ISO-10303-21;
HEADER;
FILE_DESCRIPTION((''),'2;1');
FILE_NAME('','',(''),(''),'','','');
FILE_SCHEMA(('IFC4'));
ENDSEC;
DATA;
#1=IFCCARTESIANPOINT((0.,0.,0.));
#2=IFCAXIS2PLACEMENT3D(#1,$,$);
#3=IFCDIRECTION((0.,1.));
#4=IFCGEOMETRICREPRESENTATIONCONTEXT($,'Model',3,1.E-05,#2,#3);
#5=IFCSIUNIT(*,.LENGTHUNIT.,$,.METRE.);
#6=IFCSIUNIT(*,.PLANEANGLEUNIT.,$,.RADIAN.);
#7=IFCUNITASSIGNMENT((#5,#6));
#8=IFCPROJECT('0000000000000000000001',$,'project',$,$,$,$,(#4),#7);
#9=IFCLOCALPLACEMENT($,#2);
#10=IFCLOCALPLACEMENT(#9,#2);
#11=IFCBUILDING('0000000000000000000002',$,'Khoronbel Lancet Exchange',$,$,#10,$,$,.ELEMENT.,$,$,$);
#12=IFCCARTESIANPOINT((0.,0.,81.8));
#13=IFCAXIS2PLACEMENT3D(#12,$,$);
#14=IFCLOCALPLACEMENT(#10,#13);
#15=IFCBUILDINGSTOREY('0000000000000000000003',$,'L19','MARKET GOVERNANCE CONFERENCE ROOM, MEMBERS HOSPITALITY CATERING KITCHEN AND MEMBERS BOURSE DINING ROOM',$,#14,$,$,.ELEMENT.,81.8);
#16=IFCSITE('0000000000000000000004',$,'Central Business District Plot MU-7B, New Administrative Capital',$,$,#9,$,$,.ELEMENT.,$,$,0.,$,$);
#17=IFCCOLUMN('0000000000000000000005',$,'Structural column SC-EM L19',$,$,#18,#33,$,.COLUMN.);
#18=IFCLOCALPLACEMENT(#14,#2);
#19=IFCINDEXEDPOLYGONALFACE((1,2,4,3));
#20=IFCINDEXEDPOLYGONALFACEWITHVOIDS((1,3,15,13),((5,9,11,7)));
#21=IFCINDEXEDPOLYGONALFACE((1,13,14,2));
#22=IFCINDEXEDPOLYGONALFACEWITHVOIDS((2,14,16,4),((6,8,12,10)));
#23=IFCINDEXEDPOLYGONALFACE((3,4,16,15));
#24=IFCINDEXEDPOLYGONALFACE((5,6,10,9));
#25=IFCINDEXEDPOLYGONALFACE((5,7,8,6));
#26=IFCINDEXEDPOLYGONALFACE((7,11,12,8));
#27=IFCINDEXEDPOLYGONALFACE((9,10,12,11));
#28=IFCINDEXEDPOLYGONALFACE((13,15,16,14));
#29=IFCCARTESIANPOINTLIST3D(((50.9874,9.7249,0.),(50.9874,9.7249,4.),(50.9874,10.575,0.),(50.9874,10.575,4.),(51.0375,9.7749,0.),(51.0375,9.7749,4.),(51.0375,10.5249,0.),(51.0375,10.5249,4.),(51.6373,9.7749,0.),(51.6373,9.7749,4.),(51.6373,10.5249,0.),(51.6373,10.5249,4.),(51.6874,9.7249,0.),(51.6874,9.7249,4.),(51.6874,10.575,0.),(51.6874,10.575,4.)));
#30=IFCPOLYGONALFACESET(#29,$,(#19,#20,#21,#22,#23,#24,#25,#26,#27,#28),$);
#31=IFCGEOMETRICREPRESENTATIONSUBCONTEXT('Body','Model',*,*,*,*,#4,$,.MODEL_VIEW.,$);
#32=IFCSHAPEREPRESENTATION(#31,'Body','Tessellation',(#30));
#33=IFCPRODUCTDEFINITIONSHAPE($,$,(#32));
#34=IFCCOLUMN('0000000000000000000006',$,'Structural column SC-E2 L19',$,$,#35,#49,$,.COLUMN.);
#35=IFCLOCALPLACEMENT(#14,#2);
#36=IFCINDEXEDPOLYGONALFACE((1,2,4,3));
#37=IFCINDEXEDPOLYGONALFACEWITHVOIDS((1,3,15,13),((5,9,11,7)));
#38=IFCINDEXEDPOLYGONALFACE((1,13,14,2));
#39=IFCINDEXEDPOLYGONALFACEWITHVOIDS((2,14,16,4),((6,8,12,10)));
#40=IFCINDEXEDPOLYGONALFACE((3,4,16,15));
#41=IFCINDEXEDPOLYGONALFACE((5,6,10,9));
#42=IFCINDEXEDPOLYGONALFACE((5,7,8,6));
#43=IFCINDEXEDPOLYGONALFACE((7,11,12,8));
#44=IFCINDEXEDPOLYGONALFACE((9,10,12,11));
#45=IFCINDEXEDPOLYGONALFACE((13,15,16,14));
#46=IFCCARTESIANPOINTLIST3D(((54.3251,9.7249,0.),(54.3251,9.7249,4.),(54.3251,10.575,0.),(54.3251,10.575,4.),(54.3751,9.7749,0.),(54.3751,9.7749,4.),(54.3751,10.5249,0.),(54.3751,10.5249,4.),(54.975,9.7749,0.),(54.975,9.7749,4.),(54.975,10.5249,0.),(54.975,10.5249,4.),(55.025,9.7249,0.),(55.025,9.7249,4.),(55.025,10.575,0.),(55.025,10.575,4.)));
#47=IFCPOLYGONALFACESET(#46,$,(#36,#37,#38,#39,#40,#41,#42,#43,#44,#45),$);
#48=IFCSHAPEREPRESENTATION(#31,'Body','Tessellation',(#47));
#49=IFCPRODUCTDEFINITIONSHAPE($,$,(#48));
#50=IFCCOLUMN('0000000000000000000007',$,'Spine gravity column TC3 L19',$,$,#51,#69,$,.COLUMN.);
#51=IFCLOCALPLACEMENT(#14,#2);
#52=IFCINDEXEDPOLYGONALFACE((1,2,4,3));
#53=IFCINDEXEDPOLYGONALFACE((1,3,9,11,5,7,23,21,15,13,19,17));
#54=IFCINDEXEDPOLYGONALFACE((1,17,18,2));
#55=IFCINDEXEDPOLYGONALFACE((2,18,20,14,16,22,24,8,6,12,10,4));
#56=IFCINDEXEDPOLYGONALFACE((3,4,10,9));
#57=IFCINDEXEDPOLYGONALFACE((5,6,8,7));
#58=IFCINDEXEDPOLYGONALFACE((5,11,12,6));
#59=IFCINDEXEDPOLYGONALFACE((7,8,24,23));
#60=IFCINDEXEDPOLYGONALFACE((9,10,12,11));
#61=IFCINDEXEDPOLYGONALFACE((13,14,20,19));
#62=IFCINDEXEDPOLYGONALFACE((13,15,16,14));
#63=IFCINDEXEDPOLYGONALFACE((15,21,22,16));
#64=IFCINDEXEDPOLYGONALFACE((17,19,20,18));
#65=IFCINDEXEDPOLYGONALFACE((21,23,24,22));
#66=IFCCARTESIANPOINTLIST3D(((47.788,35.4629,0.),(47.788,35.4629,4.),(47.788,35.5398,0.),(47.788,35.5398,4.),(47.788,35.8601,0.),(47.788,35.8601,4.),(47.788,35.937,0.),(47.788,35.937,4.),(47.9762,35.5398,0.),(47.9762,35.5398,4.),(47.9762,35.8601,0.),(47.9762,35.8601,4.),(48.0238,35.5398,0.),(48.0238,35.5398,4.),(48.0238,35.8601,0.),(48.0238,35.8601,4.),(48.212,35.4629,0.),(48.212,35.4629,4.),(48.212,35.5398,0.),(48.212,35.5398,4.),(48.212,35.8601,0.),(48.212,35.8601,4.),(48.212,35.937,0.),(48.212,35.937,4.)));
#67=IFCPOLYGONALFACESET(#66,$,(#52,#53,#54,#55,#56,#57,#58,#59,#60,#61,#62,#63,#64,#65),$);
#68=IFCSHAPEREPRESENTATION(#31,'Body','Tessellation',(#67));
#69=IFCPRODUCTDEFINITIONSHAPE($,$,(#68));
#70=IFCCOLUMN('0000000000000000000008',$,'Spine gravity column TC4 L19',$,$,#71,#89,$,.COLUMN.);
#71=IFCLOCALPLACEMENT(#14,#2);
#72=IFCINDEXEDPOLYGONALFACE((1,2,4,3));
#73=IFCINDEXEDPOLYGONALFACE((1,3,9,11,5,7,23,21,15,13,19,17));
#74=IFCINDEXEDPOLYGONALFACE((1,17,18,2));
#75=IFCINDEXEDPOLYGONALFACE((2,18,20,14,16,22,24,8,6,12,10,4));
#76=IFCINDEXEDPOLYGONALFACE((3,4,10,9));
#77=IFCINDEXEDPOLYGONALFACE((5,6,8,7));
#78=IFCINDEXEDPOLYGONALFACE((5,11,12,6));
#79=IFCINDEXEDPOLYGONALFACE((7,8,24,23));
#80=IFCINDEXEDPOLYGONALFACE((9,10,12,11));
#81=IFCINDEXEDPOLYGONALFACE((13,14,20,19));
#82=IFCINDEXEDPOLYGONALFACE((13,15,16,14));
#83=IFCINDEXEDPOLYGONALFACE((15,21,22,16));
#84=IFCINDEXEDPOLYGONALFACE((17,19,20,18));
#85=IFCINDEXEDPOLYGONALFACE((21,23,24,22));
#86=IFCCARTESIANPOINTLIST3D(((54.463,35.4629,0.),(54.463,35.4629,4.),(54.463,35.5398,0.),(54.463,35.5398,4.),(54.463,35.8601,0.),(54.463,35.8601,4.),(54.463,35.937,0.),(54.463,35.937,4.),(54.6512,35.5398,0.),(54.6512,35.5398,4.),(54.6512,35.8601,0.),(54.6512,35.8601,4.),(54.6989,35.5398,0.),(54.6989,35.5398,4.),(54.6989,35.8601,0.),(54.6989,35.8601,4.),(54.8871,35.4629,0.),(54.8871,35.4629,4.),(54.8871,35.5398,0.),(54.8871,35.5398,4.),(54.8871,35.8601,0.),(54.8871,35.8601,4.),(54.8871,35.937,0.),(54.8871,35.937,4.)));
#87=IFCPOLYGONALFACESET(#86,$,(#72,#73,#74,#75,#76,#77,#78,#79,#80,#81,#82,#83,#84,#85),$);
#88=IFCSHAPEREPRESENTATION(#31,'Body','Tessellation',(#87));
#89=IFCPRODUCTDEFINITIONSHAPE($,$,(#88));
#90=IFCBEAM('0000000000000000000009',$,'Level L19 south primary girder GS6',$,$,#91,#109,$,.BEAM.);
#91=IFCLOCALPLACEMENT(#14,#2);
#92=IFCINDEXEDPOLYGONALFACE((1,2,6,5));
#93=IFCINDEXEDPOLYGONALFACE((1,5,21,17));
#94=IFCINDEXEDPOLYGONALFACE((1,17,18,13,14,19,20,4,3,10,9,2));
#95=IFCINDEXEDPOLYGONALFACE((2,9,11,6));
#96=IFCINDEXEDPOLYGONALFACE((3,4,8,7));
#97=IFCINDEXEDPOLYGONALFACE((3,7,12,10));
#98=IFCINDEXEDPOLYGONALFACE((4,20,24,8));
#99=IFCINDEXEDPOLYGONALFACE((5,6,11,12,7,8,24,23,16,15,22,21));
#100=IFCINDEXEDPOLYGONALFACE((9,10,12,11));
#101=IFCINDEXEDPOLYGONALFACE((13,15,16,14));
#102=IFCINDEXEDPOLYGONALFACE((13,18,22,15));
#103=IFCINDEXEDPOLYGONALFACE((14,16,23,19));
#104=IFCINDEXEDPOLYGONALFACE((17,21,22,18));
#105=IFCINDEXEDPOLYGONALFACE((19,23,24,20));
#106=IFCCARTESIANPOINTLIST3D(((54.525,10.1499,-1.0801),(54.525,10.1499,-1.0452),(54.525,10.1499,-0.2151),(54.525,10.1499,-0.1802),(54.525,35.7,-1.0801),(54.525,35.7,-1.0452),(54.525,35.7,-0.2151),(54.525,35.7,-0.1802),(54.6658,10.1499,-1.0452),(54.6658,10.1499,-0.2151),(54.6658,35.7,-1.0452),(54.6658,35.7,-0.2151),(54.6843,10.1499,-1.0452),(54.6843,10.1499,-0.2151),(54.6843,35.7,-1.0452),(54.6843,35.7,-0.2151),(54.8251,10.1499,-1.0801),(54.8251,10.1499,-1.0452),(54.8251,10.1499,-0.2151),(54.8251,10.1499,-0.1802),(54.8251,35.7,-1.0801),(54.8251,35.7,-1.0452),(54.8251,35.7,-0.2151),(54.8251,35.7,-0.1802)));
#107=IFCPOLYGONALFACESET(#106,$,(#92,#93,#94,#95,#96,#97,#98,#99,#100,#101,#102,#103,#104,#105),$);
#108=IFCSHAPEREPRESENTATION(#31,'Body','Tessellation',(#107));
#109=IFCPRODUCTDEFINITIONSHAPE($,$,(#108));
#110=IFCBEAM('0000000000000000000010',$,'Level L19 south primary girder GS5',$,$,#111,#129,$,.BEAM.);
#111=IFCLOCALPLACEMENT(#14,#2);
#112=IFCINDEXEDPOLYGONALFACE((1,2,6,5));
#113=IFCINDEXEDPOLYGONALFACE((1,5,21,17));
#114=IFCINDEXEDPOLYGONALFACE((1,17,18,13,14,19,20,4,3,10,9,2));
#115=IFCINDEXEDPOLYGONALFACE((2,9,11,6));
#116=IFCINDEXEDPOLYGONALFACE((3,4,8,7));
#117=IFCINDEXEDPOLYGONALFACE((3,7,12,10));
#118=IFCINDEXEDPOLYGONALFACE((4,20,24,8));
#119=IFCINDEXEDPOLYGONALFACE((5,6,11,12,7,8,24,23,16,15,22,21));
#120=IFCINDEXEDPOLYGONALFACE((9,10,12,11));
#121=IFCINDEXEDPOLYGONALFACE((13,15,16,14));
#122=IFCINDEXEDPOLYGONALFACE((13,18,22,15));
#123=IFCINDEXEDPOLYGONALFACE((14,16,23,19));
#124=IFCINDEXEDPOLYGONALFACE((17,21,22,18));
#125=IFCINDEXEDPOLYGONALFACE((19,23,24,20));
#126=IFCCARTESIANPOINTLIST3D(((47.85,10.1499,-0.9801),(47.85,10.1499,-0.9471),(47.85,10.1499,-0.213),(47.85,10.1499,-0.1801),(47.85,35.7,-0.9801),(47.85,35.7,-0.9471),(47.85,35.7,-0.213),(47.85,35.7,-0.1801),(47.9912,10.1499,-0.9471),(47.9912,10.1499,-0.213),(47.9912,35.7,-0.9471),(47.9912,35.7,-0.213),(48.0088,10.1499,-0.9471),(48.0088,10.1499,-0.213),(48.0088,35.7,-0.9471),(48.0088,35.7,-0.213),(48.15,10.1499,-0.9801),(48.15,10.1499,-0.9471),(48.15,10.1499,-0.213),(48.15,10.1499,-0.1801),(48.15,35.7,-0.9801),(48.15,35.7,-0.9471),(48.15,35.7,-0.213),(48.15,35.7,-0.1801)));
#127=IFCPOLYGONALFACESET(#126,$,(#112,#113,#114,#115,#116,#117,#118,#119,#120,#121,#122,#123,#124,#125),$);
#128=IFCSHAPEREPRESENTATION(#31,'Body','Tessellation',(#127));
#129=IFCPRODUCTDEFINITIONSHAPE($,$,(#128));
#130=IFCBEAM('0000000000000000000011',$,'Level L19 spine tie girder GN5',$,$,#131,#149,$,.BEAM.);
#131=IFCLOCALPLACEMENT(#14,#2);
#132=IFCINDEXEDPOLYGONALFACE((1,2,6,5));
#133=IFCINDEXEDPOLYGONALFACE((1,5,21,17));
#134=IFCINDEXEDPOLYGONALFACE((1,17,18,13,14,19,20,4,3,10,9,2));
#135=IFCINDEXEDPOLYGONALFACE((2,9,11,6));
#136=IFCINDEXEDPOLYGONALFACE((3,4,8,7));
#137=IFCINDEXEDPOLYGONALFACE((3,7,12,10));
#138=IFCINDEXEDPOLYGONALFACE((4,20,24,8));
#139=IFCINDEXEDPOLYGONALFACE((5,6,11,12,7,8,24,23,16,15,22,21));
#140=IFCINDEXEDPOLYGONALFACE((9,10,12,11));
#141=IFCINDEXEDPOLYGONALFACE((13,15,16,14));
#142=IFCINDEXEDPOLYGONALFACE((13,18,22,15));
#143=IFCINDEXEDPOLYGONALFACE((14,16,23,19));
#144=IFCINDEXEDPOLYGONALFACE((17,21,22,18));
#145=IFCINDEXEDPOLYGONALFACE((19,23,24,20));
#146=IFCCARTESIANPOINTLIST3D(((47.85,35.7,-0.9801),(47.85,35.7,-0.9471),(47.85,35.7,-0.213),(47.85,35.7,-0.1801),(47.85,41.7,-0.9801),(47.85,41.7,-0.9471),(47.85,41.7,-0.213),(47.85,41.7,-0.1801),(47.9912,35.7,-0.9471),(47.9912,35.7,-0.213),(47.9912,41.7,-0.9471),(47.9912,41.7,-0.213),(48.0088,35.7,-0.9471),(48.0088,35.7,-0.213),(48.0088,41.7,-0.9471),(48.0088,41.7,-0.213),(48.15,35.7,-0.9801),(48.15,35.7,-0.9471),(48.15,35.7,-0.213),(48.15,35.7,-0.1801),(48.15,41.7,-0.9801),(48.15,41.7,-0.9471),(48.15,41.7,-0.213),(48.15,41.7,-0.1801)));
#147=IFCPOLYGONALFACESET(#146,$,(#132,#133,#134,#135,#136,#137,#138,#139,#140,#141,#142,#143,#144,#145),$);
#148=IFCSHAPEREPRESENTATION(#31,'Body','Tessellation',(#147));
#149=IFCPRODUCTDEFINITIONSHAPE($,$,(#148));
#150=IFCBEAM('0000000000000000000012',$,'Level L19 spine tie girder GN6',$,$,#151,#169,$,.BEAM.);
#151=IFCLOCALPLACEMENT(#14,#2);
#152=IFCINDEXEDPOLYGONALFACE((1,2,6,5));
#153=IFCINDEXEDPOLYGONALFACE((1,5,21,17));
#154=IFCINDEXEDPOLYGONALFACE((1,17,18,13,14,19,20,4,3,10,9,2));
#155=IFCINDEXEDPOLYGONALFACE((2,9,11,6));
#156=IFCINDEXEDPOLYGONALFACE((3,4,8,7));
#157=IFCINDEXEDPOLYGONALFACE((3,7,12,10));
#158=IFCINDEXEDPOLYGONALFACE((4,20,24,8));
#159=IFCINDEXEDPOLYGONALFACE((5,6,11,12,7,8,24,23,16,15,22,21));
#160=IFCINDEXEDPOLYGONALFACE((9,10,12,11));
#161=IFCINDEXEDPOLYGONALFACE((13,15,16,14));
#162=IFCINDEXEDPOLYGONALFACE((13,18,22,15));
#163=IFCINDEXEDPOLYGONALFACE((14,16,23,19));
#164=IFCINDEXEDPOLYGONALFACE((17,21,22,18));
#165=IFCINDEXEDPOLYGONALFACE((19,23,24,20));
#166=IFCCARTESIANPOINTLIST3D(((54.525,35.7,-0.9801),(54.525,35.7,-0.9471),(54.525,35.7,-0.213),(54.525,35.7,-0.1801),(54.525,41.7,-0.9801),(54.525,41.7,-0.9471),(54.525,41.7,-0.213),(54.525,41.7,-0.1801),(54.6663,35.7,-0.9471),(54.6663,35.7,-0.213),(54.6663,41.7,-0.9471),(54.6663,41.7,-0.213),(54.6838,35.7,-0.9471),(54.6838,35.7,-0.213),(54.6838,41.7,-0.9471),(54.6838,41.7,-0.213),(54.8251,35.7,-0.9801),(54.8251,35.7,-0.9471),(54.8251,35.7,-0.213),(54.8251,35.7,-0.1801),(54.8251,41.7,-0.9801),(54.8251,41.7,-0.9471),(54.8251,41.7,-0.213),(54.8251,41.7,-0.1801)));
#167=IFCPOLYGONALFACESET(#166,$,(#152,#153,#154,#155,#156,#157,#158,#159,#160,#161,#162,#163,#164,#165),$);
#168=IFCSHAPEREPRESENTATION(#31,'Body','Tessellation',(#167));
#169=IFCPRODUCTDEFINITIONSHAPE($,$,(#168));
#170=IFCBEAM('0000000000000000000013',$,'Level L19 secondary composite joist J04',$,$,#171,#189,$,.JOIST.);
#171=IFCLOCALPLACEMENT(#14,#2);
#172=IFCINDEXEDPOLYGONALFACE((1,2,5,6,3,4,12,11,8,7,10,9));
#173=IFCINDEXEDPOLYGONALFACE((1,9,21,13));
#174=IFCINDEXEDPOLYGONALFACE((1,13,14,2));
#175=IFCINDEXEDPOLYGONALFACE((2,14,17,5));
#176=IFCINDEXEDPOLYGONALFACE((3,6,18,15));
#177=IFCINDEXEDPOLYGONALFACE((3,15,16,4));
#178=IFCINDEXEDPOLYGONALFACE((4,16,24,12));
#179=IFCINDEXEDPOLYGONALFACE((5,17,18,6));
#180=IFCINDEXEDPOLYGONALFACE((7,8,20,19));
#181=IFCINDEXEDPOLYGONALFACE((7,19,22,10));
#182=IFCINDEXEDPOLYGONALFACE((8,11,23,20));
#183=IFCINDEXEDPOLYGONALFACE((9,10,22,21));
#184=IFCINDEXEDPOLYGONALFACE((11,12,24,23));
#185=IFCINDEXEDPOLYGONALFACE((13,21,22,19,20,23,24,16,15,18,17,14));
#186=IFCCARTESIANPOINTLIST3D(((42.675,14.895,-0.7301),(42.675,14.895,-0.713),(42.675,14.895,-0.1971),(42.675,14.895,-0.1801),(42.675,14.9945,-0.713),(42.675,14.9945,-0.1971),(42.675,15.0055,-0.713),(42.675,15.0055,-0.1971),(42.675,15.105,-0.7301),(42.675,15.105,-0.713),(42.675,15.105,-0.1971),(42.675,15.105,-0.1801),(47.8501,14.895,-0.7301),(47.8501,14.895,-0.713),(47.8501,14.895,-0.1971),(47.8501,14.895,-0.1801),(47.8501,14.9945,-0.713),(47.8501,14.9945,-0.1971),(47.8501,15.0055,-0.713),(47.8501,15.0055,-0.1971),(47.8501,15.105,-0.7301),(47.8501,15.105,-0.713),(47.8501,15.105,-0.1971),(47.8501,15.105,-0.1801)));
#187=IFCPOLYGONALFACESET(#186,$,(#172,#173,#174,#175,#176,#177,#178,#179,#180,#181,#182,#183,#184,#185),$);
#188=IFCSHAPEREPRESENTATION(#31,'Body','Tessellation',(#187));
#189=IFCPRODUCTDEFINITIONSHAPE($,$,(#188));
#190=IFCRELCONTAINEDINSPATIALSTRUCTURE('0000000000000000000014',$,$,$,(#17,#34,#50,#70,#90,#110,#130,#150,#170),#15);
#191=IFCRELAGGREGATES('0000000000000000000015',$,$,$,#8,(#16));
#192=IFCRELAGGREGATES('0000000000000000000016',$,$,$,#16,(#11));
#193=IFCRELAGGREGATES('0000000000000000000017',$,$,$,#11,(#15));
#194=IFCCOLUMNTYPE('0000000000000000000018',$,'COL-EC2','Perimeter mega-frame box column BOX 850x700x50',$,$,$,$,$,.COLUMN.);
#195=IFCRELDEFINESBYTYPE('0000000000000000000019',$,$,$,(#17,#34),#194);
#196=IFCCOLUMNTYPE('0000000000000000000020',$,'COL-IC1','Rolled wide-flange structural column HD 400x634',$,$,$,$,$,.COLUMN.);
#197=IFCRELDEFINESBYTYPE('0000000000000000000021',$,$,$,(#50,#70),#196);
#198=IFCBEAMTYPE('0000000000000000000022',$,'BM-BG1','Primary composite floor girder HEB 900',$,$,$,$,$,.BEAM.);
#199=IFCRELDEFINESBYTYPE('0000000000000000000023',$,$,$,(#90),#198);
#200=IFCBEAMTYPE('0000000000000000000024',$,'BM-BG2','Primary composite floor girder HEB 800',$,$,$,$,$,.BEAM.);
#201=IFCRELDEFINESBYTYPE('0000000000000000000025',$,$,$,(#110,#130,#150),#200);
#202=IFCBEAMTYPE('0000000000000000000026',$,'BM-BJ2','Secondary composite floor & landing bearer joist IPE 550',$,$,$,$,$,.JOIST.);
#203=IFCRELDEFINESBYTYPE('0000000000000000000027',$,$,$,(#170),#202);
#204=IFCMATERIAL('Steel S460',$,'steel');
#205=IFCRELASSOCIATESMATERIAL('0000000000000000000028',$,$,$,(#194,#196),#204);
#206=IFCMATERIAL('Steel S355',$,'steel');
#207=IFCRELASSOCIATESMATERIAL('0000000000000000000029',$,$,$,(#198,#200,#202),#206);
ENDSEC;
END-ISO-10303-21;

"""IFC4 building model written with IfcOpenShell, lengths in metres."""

from ifc_helpers import new_model, si_unit, direction, frame, origin, origin_2d, place, context, subcontext, project, spatial, hollow_rectangle, i_section, extrude, material, material_profile, profile_set, type_object, element, save


model = new_model("IFC4")

# Units and contexts
model_context = context("Model", 3, precision=1e-05, world=origin(), true_north=direction((0.0, 1.0)))
body_context = subcontext(model_context, "Body", "Model", "MODEL_VIEW")
ifc_project = project(units=[si_unit("LENGTHUNIT", "METRE"), si_unit("PLANEANGLEUNIT", "RADIAN")], contexts=[model_context])

# Site, building, storey
site_placement = place(None, origin())
site = spatial("IfcSite", under=ifc_project, at=site_placement, Name="Central Business District Plot MU-7B, New Administrative Capital", CompositionType="ELEMENT", RefElevation=0.0)
building_placement = place(site_placement, origin())
building = spatial("IfcBuilding", under=site, at=building_placement, Name="Khoronbel Lancet Exchange", CompositionType="ELEMENT")
storey_placement = place(building_placement, frame((0.0, 0.0, 81.8)))
storey = spatial("IfcBuildingStorey", under=building, at=storey_placement, Name="L19", Description="MARKET GOVERNANCE CONFERENCE ROOM, MEMBERS HOSPITALITY CATERING KITCHEN AND MEMBERS BOURSE DINING ROOM", CompositionType="ELEMENT", Elevation=81.8)

# Columns
ifc_material_1 = material(Name="Steel S460", Category="steel")
ifc_material_profile_1 = material_profile(ifc_material_1, hollow_rectangle(XDim=0.7, YDim=0.8501, WallThickness=0.05, at=origin_2d()), Name="BOX 850x700x50")
ifc_profile_set_1 = profile_set([ifc_material_profile_1], Name="Steel S460")
column_type_1 = type_object("IfcColumnType", Name="COL-EC2", Description="Perimeter mega-frame box column BOX 850x700x50", PredefinedType="COLUMN", material=ifc_profile_set_1)
for number, where, z_axis, x_axis, name in (
    (1, (51.3374, 10.1499, 0.0), (0.0, 0.0, 1.0), (1.0, 0.0, 0.0), "Structural column SC-EM L19"),
    (2, (54.675, 10.1499, 0.0), (0.0, 0.0, 1.0), (1.0, 0.0, 0.0), "Structural column SC-E2 L19"),
):
    element("IfcColumn", number, at=place(storey_placement, frame(where, z_axis=z_axis, x_axis=x_axis)), inside=storey, type_object=column_type_1, Name=name, PredefinedType="COLUMN", context=body_context, shape_type="SweptSolid", body=[
        extrude(hollow_rectangle(XDim=0.7, YDim=0.8501, WallThickness=0.05, at=origin_2d()), origin(), (0.0, 0.0, 1.0), 4.0),
    ])
ifc_material_profile_2 = material_profile(ifc_material_1, i_section(OverallWidth=0.4241, OverallDepth=0.4741, WebThickness=0.0476, FlangeThickness=0.0769, at=origin_2d()), Name="HD 400x634")
ifc_profile_set_2 = profile_set([ifc_material_profile_2], Name="Steel S460")
column_type_2 = type_object("IfcColumnType", Name="COL-IC1", Description="Rolled wide-flange structural column HD 400x634", PredefinedType="COLUMN", material=ifc_profile_set_2)
for number, where, z_axis, x_axis, name in (
    (3, (48.0, 35.7, 0.0), (0.0, 0.0, 1.0), (1.0, 0.0, 0.0), "Spine gravity column TC3 L19"),
    (4, (54.675, 35.7, 0.0), (0.0, 0.0, 1.0), (1.0, 0.0, 0.0), "Spine gravity column TC4 L19"),
):
    element("IfcColumn", number, at=place(storey_placement, frame(where, z_axis=z_axis, x_axis=x_axis)), inside=storey, type_object=column_type_2, Name=name, PredefinedType="COLUMN", context=body_context, shape_type="SweptSolid", body=[
        extrude(i_section(OverallWidth=0.4241, OverallDepth=0.4741, WebThickness=0.0476, FlangeThickness=0.0769, at=origin_2d()), origin(), (0.0, 0.0, 1.0), 4.0),
    ])

# Beams
ifc_material_2 = material(Name="Steel S355", Category="steel")
ifc_material_profile_3 = material_profile(ifc_material_2, i_section(OverallWidth=0.3, OverallDepth=0.8999, WebThickness=0.0186, FlangeThickness=0.0349, at=origin_2d()), Name="HEB 900")
ifc_profile_set_3 = profile_set([ifc_material_profile_3], Name="Steel S355")
beam_type_1 = type_object("IfcBeamType", Name="BM-BG1", Description="Primary composite floor girder HEB 900", PredefinedType="BEAM", material=ifc_profile_set_3)
beam_1_placement = place(storey_placement, frame((54.675, 10.1499, -0.6301), z_axis=(0.0, 1.0, 0.0), x_axis=(-1.0, 0.0, 0.0)))
element("IfcBeam", 5, at=beam_1_placement, inside=storey, type_object=beam_type_1, Name="Level L19 south primary girder GS6", PredefinedType="BEAM", context=body_context, shape_type="SweptSolid", body=[
    extrude(i_section(OverallWidth=0.3, OverallDepth=0.8999, WebThickness=0.0186, FlangeThickness=0.0349, at=origin_2d()), origin(), (0.0, 0.0, 1.0), 25.55),
])
ifc_material_profile_4 = material_profile(ifc_material_2, i_section(OverallWidth=0.3, OverallDepth=0.8, WebThickness=0.0176, FlangeThickness=0.033, at=origin_2d()), Name="HEB 800")
ifc_profile_set_4 = profile_set([ifc_material_profile_4], Name="Steel S355")
beam_type_2 = type_object("IfcBeamType", Name="BM-BG2", Description="Primary composite floor girder HEB 800", PredefinedType="BEAM", material=ifc_profile_set_4)
beam_2_placement = place(storey_placement, frame((48.0, 10.1499, -0.5801), z_axis=(0.0, 1.0, 0.0), x_axis=(-1.0, 0.0, 0.0)))
element("IfcBeam", 6, at=beam_2_placement, inside=storey, type_object=beam_type_2, Name="Level L19 south primary girder GS5", PredefinedType="BEAM", context=body_context, shape_type="SweptSolid", body=[
    extrude(i_section(OverallWidth=0.3, OverallDepth=0.8, WebThickness=0.0176, FlangeThickness=0.033, at=origin_2d()), origin(), (0.0, 0.0, 1.0), 25.55),
])
for number, where, z_axis, x_axis, name in (
    (7, (48.0, 35.7, -0.5801), (0.0, 1.0, 0.0), (-1.0, 0.0, 0.0), "Level L19 spine tie girder GN5"),
    (8, (54.675, 35.7, -0.5801), (0.0, 1.0, 0.0), (-1.0, 0.0, 0.0), "Level L19 spine tie girder GN6"),
):
    element("IfcBeam", number, at=place(storey_placement, frame(where, z_axis=z_axis, x_axis=x_axis)), inside=storey, type_object=beam_type_2, Name=name, PredefinedType="BEAM", context=body_context, shape_type="SweptSolid", body=[
        extrude(i_section(OverallWidth=0.3, OverallDepth=0.8, WebThickness=0.0176, FlangeThickness=0.033, at=origin_2d()), origin(), (0.0, 0.0, 1.0), 6.0),
    ])
ifc_material_profile_5 = material_profile(ifc_material_2, i_section(OverallWidth=0.21, OverallDepth=0.55, WebThickness=0.011, FlangeThickness=0.0171, at=origin_2d()), Name="IPE 550")
ifc_profile_set_5 = profile_set([ifc_material_profile_5], Name="Steel S355")
beam_type_3 = type_object("IfcBeamType", Name="BM-BJ2", Description="Secondary composite floor & landing bearer joist IPE 550", PredefinedType="JOIST", material=ifc_profile_set_5)
beam_3_placement = place(storey_placement, frame((42.675, 15.0, -0.4551), z_axis=(1.0, 0.0, 0.0), x_axis=(0.0, 1.0, 0.0)))
element("IfcBeam", 9, at=beam_3_placement, inside=storey, type_object=beam_type_3, Name="Level L19 secondary composite joist J04", PredefinedType="JOIST", context=body_context, shape_type="SweptSolid", body=[
    extrude(i_section(OverallWidth=0.21, OverallDepth=0.55, WebThickness=0.011, FlangeThickness=0.0171, at=origin_2d()), origin(), (0.0, 0.0, 1.0), 5.175),
])

save(model, "model.ifc")
